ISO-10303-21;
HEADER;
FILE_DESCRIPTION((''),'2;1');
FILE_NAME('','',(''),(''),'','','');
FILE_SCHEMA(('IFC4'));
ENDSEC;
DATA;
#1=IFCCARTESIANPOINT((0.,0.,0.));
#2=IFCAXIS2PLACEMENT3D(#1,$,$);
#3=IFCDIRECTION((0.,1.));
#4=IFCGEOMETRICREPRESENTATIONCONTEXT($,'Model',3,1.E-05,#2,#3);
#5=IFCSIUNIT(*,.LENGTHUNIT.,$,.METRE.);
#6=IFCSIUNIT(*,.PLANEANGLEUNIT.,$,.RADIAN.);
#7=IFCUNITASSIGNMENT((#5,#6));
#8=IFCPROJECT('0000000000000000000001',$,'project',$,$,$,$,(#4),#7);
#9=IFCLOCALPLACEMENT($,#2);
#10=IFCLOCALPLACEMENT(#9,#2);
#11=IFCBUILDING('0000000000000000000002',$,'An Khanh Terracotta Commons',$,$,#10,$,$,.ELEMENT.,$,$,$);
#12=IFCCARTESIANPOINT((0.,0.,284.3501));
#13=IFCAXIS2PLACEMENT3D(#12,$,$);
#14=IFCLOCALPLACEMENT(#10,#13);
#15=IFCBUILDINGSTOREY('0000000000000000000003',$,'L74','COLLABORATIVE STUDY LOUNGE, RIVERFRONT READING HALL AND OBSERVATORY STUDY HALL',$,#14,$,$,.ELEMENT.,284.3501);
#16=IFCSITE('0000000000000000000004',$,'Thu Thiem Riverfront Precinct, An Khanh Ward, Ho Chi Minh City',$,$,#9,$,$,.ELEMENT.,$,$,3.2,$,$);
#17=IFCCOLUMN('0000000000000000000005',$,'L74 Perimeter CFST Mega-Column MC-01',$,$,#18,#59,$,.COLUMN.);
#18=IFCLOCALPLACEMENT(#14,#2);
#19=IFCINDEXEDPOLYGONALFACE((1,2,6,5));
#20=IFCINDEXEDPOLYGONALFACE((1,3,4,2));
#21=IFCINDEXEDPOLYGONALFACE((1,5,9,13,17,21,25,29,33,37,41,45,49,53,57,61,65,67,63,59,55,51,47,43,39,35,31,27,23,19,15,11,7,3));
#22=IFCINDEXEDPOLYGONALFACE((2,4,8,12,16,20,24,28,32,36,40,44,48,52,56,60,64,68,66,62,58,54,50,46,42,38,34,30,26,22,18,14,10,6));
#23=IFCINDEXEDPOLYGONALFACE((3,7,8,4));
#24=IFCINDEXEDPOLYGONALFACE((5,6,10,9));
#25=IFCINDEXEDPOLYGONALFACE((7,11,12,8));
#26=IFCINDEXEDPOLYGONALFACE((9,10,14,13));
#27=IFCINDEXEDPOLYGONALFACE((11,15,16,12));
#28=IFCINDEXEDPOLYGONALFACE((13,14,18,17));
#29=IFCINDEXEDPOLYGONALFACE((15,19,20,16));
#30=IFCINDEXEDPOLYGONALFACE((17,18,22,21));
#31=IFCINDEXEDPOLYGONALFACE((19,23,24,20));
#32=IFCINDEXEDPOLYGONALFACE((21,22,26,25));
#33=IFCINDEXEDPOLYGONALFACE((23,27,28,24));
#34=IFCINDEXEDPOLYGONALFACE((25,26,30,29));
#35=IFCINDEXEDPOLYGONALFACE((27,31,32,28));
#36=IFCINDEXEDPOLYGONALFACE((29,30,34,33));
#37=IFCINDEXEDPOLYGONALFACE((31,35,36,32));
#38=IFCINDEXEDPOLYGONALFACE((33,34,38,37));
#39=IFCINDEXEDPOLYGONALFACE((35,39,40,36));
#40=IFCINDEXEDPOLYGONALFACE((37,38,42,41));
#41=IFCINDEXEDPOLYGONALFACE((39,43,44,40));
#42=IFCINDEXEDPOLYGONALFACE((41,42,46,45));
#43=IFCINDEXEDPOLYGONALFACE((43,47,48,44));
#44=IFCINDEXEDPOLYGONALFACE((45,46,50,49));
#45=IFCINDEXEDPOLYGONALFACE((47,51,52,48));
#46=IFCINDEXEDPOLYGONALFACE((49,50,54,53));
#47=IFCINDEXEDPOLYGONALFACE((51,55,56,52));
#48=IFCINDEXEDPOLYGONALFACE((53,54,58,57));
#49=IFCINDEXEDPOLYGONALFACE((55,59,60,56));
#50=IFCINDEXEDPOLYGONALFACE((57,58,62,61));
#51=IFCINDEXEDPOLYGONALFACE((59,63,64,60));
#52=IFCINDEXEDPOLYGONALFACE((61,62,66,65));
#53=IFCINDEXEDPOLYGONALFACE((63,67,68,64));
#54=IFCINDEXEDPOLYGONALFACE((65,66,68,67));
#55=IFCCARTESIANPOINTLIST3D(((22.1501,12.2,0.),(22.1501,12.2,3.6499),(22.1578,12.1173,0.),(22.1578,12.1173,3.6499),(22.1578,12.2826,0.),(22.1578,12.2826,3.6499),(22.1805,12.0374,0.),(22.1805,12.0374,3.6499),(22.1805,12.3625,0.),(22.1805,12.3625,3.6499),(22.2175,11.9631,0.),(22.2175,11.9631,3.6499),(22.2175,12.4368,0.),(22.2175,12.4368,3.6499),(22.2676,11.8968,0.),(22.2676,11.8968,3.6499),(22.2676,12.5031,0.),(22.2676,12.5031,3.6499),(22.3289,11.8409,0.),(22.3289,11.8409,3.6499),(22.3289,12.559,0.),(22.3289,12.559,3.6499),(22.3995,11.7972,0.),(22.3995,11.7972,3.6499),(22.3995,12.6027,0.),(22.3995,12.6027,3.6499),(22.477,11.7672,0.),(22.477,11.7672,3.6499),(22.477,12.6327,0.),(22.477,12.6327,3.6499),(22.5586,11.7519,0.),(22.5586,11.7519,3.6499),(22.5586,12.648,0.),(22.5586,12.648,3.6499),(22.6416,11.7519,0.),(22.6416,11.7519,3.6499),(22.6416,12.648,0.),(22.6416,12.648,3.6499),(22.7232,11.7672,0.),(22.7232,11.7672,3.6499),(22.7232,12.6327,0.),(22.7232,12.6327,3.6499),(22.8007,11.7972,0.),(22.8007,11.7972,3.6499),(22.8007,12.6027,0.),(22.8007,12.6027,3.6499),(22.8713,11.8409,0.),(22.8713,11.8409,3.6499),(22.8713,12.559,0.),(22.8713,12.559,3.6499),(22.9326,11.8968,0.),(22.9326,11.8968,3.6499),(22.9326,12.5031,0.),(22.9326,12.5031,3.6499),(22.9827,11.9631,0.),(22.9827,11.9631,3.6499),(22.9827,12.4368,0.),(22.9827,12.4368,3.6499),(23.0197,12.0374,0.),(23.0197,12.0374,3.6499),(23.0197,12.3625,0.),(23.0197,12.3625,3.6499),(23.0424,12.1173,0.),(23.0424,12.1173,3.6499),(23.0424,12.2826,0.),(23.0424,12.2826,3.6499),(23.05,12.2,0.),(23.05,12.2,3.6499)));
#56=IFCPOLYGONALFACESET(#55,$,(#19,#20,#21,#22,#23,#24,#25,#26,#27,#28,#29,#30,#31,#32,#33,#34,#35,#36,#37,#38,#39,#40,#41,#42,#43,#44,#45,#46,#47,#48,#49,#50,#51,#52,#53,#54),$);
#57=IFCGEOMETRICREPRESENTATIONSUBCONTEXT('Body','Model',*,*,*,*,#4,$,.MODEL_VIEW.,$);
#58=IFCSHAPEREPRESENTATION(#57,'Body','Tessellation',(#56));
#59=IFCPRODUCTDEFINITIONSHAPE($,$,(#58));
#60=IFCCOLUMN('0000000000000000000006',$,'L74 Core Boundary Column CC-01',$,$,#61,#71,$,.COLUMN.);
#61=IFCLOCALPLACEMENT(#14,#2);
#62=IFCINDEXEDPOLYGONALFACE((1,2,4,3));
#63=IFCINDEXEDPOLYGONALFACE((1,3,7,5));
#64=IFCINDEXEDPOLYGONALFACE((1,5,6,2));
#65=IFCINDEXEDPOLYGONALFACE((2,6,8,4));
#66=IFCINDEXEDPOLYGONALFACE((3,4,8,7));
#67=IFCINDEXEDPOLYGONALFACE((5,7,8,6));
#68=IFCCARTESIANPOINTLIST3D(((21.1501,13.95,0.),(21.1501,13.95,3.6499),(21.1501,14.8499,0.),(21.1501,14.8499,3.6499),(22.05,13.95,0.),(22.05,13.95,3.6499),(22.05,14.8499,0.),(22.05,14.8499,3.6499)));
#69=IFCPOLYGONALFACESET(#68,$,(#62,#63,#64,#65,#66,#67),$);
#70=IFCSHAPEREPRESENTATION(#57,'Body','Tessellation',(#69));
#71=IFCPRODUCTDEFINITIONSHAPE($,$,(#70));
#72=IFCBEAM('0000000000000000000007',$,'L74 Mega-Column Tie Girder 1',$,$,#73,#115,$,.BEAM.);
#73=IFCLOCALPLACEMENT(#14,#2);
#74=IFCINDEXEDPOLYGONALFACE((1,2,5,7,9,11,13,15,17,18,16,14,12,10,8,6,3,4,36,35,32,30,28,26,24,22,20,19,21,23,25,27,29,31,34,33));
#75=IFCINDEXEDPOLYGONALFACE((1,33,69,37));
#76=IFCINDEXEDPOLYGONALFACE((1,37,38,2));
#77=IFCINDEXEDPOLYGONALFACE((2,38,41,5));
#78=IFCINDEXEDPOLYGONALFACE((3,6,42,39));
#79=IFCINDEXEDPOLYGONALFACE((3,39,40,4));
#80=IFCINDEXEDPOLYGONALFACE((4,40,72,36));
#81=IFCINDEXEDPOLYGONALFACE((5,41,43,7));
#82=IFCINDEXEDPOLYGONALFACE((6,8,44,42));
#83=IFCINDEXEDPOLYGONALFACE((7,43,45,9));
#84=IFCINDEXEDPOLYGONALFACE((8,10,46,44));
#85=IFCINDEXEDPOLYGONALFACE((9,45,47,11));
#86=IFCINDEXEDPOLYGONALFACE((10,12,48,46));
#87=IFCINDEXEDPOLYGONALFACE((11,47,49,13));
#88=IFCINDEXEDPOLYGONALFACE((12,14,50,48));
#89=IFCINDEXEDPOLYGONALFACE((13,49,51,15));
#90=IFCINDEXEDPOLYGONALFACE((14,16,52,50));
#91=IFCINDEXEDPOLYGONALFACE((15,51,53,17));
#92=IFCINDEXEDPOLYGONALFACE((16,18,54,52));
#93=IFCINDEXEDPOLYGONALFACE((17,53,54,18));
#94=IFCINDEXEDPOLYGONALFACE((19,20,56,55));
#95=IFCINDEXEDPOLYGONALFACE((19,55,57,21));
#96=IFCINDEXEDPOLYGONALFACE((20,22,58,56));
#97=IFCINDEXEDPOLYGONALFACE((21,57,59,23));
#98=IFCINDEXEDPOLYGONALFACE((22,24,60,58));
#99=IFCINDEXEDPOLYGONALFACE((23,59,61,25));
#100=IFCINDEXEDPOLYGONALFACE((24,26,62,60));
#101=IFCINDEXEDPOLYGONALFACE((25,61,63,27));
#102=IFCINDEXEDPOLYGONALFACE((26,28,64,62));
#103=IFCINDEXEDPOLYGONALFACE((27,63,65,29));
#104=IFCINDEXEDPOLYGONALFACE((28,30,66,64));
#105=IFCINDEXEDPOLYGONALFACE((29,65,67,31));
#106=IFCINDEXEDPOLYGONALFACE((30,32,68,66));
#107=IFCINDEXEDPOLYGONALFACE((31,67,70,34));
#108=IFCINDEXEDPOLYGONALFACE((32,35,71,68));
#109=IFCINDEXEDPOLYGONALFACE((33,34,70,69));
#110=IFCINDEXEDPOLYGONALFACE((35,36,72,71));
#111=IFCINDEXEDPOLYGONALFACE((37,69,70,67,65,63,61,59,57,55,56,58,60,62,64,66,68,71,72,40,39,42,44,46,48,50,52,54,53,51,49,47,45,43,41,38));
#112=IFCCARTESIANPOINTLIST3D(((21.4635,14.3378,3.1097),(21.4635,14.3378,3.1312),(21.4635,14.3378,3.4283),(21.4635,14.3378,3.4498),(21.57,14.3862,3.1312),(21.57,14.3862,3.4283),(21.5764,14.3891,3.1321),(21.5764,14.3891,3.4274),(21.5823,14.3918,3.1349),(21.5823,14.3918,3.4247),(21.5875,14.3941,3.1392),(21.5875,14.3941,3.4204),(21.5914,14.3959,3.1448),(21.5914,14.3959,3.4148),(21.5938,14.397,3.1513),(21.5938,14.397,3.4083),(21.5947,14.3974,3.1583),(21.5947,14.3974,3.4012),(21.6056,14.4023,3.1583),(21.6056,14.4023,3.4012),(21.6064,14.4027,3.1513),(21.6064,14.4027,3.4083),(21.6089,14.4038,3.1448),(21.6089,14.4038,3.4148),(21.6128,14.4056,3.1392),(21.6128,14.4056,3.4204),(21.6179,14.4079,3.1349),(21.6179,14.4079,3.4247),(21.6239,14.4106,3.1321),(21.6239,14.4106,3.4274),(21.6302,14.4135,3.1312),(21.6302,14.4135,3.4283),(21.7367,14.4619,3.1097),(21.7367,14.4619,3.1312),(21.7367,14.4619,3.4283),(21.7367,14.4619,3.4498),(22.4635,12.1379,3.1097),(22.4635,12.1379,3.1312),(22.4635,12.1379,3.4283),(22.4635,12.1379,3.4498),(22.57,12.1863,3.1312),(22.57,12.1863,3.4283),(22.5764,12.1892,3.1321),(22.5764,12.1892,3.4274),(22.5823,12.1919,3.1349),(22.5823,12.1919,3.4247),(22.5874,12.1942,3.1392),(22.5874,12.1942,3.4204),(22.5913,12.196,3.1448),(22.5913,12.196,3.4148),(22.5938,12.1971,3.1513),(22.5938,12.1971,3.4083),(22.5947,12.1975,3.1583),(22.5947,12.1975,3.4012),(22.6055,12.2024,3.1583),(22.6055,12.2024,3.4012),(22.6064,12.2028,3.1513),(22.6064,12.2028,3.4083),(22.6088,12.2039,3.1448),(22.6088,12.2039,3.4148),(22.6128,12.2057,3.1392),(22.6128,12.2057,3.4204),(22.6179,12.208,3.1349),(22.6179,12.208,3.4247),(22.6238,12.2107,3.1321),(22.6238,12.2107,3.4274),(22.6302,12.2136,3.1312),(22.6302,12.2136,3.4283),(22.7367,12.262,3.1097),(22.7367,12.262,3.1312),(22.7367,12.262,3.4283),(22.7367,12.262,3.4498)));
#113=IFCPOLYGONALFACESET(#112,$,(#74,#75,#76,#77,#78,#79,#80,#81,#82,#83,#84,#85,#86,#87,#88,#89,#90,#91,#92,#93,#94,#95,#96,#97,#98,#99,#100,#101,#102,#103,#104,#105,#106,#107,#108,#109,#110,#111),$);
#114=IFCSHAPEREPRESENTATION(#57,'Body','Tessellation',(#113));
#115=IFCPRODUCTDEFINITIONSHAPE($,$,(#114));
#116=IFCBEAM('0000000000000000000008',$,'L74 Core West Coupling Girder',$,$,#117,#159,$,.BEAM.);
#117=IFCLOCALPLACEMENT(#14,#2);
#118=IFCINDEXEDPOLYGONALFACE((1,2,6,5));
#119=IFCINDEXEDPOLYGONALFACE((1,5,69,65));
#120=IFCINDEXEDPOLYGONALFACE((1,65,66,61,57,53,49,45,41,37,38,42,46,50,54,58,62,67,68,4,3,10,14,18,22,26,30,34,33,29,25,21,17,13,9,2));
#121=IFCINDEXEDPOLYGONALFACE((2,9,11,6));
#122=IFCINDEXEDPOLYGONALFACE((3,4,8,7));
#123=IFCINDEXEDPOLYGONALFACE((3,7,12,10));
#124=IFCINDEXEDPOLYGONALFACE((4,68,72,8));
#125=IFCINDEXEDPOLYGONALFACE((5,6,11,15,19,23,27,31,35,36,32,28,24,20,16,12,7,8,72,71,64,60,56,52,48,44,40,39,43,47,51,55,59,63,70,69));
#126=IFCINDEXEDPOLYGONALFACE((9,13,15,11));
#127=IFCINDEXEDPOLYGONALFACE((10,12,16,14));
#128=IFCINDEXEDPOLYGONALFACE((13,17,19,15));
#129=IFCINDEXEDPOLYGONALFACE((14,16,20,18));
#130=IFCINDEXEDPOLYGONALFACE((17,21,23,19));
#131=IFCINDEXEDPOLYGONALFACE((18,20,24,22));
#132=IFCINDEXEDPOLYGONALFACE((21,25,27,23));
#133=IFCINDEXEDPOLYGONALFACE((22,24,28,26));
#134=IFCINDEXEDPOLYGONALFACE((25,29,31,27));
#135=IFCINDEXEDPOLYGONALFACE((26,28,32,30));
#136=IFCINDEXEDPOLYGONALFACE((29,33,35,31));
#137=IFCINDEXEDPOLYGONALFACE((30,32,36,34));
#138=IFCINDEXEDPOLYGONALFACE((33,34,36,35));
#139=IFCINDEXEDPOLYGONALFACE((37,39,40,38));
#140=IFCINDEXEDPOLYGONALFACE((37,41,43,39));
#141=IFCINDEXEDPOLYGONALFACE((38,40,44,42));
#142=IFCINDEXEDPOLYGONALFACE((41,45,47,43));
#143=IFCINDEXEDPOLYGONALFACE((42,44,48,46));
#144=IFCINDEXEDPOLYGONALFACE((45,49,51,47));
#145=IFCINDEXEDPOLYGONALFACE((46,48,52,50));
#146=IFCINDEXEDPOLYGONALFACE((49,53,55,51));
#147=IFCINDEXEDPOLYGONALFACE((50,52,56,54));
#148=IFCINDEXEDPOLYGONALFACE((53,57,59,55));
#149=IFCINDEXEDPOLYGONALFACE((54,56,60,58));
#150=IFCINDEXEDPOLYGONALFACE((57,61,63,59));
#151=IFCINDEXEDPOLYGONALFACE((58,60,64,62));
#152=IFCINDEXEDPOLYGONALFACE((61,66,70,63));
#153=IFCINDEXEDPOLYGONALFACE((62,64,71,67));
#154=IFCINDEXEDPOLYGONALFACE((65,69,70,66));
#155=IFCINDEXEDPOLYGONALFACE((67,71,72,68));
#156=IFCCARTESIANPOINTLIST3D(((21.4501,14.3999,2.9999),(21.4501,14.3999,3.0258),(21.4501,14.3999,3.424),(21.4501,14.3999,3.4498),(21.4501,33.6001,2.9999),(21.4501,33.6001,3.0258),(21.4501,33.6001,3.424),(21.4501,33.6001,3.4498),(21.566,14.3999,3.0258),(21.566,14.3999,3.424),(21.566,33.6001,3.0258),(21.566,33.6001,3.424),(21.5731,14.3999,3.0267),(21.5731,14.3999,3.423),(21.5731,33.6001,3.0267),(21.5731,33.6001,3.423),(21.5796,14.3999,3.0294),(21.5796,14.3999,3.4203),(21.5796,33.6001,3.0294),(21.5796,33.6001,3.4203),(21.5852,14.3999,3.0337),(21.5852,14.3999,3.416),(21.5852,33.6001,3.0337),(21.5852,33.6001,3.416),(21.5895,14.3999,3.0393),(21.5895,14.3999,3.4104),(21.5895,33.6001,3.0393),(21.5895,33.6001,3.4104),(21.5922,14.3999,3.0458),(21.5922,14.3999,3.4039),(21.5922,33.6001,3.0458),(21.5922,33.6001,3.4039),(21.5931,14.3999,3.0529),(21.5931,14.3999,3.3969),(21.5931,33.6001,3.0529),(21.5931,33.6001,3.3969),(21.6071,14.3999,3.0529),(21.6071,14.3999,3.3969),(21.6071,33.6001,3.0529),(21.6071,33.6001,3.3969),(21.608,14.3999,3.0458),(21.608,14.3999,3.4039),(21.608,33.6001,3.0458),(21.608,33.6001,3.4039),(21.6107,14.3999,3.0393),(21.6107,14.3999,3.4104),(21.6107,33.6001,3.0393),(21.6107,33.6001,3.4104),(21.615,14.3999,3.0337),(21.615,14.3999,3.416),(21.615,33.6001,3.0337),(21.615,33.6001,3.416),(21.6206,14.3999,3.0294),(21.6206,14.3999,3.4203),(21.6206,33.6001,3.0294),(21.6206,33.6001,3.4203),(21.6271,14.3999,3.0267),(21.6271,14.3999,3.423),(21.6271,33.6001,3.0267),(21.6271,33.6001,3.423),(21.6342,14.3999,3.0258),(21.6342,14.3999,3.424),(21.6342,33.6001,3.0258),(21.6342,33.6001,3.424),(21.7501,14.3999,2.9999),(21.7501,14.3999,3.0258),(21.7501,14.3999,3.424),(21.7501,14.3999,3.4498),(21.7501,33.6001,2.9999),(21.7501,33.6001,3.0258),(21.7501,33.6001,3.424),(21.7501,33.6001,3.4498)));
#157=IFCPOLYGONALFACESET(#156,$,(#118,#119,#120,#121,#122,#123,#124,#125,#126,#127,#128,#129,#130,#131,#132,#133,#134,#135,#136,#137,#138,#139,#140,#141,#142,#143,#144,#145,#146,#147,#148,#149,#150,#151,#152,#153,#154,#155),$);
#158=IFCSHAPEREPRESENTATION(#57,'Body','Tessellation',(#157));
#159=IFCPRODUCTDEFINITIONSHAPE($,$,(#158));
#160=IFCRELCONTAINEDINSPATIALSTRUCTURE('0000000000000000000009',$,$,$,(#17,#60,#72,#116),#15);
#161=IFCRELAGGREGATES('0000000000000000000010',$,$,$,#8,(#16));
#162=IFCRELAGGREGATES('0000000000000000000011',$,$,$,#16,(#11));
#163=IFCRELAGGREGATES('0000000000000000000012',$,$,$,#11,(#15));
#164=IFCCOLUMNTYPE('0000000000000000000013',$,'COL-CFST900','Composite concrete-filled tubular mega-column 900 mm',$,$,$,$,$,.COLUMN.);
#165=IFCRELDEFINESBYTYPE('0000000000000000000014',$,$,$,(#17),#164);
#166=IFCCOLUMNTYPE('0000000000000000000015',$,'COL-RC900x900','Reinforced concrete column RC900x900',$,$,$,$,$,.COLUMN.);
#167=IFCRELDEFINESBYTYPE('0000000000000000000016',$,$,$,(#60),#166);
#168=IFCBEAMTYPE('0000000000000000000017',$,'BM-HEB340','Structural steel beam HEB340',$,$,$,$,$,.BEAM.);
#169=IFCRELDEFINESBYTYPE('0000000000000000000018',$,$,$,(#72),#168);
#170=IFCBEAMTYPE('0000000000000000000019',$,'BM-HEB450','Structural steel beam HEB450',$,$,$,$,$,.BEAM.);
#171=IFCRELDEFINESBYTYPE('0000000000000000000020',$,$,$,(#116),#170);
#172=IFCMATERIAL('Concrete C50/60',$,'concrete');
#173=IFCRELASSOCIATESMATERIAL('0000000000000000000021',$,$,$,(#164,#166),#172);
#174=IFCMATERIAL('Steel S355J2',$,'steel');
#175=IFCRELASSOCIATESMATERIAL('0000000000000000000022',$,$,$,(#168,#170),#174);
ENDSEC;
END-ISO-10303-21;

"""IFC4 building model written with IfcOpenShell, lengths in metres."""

from ifc_helpers import new_model, si_unit, direction, frame, origin, origin_2d, place, context, subcontext, project, spatial, rectangle, circle, i_section, extrude, material, material_profile, profile_set, type_object, element, save


model = new_model("IFC4")

# Units and contexts
model_context = context("Model", 3, precision=1e-05, world=origin(), true_north=direction((0.0, 1.0)))
body_context = subcontext(model_context, "Body", "Model", "MODEL_VIEW")
ifc_project = project(units=[si_unit("LENGTHUNIT", "METRE"), si_unit("PLANEANGLEUNIT", "RADIAN")], contexts=[model_context])

# Site, building, storey
site_placement = place(None, origin())
site = spatial("IfcSite", under=ifc_project, at=site_placement, Name="Thu Thiem Riverfront Precinct, An Khanh Ward, Ho Chi Minh City", CompositionType="ELEMENT", RefElevation=3.2)
building_placement = place(site_placement, origin())
building = spatial("IfcBuilding", under=site, at=building_placement, Name="An Khanh Terracotta Commons", CompositionType="ELEMENT")
storey_placement = place(building_placement, frame((0.0, 0.0, 284.3501)))
storey = spatial("IfcBuildingStorey", under=building, at=storey_placement, Name="L74", Description="COLLABORATIVE STUDY LOUNGE, RIVERFRONT READING HALL AND OBSERVATORY STUDY HALL", CompositionType="ELEMENT", Elevation=284.3501)

# Columns
ifc_material_1 = material(Name="Concrete C50/60", Category="concrete")
ifc_material_profile_1 = material_profile(ifc_material_1, circle(Radius=0.45, at=origin_2d()), Name="CFST900")
ifc_profile_set_1 = profile_set([ifc_material_profile_1], Name="Concrete C50/60")
column_type_1 = type_object("IfcColumnType", Name="COL-CFST900", Description="Composite concrete-filled tubular mega-column 900 mm", PredefinedType="COLUMN", material=ifc_profile_set_1)
column_1_placement = place(storey_placement, frame((22.6001, 12.2, 0.0), z_axis=(0.0, 0.0, 1.0), x_axis=(1.0, 0.0, 0.0)))
element("IfcColumn", 1, at=column_1_placement, inside=storey, type_object=column_type_1, Name="L74 Perimeter CFST Mega-Column MC-01", PredefinedType="COLUMN", context=body_context, shape_type="SweptSolid", body=[
    extrude(circle(Radius=0.45, at=origin_2d()), origin(), (0.0, 0.0, 1.0), 3.6499),
])
ifc_material_profile_2 = material_profile(ifc_material_1, rectangle(XDim=0.8999, YDim=0.8999, at=origin_2d()), Name="RC900x900")
ifc_profile_set_2 = profile_set([ifc_material_profile_2], Name="Concrete C50/60")
column_type_2 = type_object("IfcColumnType", Name="COL-RC900x900", Description="Reinforced concrete column RC900x900", PredefinedType="COLUMN", material=ifc_profile_set_2)
column_2_placement = place(storey_placement, frame((21.6001, 14.3999, 0.0), z_axis=(0.0, 0.0, 1.0), x_axis=(1.0, 0.0, 0.0)))
element("IfcColumn", 2, at=column_2_placement, inside=storey, type_object=column_type_2, Name="L74 Core Boundary Column CC-01", PredefinedType="COLUMN", context=body_context, shape_type="SweptSolid", body=[
    extrude(rectangle(XDim=0.8999, YDim=0.8999, at=origin_2d()), origin(), (0.0, 0.0, 1.0), 3.6499),
])

# Beams
ifc_material_2 = material(Name="Steel S355J2", Category="steel")
ifc_material_profile_3 = material_profile(ifc_material_2, i_section(OverallWidth=0.3, OverallDepth=0.3401, WebThickness=0.012, FlangeThickness=0.0215, FilletRadius=0.0271, at=origin_2d()), Name="HEB340")
ifc_profile_set_3 = profile_set([ifc_material_profile_3], Name="Steel S355J2")
beam_type_1 = type_object("IfcBeamType", Name="BM-HEB340", Description="Structural steel beam HEB340", PredefinedType="BEAM", material=ifc_profile_set_3)
beam_1_placement = place(storey_placement, frame((22.6001, 12.2, 3.2798), z_axis=(-0.413811, 0.910363, 0.0), x_axis=(-0.910363, -0.413811, 0.0)))
element("IfcBeam", 3, at=beam_1_placement, inside=storey, type_object=beam_type_1, Name="L74 Mega-Column Tie Girder 1", PredefinedType="BEAM", context=body_context, shape_type="SweptSolid", body=[
    extrude(i_section(OverallWidth=0.3, OverallDepth=0.3401, WebThickness=0.012, FlangeThickness=0.0215, FilletRadius=0.0271, at=origin_2d()), origin(), (0.0, 0.0, 1.0), 2.4165),
])
ifc_material_profile_4 = material_profile(ifc_material_2, i_section(OverallWidth=0.3, OverallDepth=0.45, WebThickness=0.0139, FlangeThickness=0.0259, FilletRadius=0.0271, at=origin_2d()), Name="HEB450")
ifc_profile_set_4 = profile_set([ifc_material_profile_4], Name="Steel S355J2")
beam_type_2 = type_object("IfcBeamType", Name="BM-HEB450", Description="Structural steel beam HEB450", PredefinedType="BEAM", material=ifc_profile_set_4)
beam_2_placement = place(storey_placement, frame((21.6001, 14.3999, 3.2249), z_axis=(0.0, 1.0, 0.0), x_axis=(-1.0, 0.0, 0.0)))
element("IfcBeam", 4, at=beam_2_placement, inside=storey, type_object=beam_type_2, Name="L74 Core West Coupling Girder", PredefinedType="BEAM", context=body_context, shape_type="SweptSolid", body=[
    extrude(i_section(OverallWidth=0.3, OverallDepth=0.45, WebThickness=0.0139, FlangeThickness=0.0259, FilletRadius=0.0271, at=origin_2d()), origin(), (0.0, 0.0, 1.0), 19.2002),
])

save(model, "model.ifc")
